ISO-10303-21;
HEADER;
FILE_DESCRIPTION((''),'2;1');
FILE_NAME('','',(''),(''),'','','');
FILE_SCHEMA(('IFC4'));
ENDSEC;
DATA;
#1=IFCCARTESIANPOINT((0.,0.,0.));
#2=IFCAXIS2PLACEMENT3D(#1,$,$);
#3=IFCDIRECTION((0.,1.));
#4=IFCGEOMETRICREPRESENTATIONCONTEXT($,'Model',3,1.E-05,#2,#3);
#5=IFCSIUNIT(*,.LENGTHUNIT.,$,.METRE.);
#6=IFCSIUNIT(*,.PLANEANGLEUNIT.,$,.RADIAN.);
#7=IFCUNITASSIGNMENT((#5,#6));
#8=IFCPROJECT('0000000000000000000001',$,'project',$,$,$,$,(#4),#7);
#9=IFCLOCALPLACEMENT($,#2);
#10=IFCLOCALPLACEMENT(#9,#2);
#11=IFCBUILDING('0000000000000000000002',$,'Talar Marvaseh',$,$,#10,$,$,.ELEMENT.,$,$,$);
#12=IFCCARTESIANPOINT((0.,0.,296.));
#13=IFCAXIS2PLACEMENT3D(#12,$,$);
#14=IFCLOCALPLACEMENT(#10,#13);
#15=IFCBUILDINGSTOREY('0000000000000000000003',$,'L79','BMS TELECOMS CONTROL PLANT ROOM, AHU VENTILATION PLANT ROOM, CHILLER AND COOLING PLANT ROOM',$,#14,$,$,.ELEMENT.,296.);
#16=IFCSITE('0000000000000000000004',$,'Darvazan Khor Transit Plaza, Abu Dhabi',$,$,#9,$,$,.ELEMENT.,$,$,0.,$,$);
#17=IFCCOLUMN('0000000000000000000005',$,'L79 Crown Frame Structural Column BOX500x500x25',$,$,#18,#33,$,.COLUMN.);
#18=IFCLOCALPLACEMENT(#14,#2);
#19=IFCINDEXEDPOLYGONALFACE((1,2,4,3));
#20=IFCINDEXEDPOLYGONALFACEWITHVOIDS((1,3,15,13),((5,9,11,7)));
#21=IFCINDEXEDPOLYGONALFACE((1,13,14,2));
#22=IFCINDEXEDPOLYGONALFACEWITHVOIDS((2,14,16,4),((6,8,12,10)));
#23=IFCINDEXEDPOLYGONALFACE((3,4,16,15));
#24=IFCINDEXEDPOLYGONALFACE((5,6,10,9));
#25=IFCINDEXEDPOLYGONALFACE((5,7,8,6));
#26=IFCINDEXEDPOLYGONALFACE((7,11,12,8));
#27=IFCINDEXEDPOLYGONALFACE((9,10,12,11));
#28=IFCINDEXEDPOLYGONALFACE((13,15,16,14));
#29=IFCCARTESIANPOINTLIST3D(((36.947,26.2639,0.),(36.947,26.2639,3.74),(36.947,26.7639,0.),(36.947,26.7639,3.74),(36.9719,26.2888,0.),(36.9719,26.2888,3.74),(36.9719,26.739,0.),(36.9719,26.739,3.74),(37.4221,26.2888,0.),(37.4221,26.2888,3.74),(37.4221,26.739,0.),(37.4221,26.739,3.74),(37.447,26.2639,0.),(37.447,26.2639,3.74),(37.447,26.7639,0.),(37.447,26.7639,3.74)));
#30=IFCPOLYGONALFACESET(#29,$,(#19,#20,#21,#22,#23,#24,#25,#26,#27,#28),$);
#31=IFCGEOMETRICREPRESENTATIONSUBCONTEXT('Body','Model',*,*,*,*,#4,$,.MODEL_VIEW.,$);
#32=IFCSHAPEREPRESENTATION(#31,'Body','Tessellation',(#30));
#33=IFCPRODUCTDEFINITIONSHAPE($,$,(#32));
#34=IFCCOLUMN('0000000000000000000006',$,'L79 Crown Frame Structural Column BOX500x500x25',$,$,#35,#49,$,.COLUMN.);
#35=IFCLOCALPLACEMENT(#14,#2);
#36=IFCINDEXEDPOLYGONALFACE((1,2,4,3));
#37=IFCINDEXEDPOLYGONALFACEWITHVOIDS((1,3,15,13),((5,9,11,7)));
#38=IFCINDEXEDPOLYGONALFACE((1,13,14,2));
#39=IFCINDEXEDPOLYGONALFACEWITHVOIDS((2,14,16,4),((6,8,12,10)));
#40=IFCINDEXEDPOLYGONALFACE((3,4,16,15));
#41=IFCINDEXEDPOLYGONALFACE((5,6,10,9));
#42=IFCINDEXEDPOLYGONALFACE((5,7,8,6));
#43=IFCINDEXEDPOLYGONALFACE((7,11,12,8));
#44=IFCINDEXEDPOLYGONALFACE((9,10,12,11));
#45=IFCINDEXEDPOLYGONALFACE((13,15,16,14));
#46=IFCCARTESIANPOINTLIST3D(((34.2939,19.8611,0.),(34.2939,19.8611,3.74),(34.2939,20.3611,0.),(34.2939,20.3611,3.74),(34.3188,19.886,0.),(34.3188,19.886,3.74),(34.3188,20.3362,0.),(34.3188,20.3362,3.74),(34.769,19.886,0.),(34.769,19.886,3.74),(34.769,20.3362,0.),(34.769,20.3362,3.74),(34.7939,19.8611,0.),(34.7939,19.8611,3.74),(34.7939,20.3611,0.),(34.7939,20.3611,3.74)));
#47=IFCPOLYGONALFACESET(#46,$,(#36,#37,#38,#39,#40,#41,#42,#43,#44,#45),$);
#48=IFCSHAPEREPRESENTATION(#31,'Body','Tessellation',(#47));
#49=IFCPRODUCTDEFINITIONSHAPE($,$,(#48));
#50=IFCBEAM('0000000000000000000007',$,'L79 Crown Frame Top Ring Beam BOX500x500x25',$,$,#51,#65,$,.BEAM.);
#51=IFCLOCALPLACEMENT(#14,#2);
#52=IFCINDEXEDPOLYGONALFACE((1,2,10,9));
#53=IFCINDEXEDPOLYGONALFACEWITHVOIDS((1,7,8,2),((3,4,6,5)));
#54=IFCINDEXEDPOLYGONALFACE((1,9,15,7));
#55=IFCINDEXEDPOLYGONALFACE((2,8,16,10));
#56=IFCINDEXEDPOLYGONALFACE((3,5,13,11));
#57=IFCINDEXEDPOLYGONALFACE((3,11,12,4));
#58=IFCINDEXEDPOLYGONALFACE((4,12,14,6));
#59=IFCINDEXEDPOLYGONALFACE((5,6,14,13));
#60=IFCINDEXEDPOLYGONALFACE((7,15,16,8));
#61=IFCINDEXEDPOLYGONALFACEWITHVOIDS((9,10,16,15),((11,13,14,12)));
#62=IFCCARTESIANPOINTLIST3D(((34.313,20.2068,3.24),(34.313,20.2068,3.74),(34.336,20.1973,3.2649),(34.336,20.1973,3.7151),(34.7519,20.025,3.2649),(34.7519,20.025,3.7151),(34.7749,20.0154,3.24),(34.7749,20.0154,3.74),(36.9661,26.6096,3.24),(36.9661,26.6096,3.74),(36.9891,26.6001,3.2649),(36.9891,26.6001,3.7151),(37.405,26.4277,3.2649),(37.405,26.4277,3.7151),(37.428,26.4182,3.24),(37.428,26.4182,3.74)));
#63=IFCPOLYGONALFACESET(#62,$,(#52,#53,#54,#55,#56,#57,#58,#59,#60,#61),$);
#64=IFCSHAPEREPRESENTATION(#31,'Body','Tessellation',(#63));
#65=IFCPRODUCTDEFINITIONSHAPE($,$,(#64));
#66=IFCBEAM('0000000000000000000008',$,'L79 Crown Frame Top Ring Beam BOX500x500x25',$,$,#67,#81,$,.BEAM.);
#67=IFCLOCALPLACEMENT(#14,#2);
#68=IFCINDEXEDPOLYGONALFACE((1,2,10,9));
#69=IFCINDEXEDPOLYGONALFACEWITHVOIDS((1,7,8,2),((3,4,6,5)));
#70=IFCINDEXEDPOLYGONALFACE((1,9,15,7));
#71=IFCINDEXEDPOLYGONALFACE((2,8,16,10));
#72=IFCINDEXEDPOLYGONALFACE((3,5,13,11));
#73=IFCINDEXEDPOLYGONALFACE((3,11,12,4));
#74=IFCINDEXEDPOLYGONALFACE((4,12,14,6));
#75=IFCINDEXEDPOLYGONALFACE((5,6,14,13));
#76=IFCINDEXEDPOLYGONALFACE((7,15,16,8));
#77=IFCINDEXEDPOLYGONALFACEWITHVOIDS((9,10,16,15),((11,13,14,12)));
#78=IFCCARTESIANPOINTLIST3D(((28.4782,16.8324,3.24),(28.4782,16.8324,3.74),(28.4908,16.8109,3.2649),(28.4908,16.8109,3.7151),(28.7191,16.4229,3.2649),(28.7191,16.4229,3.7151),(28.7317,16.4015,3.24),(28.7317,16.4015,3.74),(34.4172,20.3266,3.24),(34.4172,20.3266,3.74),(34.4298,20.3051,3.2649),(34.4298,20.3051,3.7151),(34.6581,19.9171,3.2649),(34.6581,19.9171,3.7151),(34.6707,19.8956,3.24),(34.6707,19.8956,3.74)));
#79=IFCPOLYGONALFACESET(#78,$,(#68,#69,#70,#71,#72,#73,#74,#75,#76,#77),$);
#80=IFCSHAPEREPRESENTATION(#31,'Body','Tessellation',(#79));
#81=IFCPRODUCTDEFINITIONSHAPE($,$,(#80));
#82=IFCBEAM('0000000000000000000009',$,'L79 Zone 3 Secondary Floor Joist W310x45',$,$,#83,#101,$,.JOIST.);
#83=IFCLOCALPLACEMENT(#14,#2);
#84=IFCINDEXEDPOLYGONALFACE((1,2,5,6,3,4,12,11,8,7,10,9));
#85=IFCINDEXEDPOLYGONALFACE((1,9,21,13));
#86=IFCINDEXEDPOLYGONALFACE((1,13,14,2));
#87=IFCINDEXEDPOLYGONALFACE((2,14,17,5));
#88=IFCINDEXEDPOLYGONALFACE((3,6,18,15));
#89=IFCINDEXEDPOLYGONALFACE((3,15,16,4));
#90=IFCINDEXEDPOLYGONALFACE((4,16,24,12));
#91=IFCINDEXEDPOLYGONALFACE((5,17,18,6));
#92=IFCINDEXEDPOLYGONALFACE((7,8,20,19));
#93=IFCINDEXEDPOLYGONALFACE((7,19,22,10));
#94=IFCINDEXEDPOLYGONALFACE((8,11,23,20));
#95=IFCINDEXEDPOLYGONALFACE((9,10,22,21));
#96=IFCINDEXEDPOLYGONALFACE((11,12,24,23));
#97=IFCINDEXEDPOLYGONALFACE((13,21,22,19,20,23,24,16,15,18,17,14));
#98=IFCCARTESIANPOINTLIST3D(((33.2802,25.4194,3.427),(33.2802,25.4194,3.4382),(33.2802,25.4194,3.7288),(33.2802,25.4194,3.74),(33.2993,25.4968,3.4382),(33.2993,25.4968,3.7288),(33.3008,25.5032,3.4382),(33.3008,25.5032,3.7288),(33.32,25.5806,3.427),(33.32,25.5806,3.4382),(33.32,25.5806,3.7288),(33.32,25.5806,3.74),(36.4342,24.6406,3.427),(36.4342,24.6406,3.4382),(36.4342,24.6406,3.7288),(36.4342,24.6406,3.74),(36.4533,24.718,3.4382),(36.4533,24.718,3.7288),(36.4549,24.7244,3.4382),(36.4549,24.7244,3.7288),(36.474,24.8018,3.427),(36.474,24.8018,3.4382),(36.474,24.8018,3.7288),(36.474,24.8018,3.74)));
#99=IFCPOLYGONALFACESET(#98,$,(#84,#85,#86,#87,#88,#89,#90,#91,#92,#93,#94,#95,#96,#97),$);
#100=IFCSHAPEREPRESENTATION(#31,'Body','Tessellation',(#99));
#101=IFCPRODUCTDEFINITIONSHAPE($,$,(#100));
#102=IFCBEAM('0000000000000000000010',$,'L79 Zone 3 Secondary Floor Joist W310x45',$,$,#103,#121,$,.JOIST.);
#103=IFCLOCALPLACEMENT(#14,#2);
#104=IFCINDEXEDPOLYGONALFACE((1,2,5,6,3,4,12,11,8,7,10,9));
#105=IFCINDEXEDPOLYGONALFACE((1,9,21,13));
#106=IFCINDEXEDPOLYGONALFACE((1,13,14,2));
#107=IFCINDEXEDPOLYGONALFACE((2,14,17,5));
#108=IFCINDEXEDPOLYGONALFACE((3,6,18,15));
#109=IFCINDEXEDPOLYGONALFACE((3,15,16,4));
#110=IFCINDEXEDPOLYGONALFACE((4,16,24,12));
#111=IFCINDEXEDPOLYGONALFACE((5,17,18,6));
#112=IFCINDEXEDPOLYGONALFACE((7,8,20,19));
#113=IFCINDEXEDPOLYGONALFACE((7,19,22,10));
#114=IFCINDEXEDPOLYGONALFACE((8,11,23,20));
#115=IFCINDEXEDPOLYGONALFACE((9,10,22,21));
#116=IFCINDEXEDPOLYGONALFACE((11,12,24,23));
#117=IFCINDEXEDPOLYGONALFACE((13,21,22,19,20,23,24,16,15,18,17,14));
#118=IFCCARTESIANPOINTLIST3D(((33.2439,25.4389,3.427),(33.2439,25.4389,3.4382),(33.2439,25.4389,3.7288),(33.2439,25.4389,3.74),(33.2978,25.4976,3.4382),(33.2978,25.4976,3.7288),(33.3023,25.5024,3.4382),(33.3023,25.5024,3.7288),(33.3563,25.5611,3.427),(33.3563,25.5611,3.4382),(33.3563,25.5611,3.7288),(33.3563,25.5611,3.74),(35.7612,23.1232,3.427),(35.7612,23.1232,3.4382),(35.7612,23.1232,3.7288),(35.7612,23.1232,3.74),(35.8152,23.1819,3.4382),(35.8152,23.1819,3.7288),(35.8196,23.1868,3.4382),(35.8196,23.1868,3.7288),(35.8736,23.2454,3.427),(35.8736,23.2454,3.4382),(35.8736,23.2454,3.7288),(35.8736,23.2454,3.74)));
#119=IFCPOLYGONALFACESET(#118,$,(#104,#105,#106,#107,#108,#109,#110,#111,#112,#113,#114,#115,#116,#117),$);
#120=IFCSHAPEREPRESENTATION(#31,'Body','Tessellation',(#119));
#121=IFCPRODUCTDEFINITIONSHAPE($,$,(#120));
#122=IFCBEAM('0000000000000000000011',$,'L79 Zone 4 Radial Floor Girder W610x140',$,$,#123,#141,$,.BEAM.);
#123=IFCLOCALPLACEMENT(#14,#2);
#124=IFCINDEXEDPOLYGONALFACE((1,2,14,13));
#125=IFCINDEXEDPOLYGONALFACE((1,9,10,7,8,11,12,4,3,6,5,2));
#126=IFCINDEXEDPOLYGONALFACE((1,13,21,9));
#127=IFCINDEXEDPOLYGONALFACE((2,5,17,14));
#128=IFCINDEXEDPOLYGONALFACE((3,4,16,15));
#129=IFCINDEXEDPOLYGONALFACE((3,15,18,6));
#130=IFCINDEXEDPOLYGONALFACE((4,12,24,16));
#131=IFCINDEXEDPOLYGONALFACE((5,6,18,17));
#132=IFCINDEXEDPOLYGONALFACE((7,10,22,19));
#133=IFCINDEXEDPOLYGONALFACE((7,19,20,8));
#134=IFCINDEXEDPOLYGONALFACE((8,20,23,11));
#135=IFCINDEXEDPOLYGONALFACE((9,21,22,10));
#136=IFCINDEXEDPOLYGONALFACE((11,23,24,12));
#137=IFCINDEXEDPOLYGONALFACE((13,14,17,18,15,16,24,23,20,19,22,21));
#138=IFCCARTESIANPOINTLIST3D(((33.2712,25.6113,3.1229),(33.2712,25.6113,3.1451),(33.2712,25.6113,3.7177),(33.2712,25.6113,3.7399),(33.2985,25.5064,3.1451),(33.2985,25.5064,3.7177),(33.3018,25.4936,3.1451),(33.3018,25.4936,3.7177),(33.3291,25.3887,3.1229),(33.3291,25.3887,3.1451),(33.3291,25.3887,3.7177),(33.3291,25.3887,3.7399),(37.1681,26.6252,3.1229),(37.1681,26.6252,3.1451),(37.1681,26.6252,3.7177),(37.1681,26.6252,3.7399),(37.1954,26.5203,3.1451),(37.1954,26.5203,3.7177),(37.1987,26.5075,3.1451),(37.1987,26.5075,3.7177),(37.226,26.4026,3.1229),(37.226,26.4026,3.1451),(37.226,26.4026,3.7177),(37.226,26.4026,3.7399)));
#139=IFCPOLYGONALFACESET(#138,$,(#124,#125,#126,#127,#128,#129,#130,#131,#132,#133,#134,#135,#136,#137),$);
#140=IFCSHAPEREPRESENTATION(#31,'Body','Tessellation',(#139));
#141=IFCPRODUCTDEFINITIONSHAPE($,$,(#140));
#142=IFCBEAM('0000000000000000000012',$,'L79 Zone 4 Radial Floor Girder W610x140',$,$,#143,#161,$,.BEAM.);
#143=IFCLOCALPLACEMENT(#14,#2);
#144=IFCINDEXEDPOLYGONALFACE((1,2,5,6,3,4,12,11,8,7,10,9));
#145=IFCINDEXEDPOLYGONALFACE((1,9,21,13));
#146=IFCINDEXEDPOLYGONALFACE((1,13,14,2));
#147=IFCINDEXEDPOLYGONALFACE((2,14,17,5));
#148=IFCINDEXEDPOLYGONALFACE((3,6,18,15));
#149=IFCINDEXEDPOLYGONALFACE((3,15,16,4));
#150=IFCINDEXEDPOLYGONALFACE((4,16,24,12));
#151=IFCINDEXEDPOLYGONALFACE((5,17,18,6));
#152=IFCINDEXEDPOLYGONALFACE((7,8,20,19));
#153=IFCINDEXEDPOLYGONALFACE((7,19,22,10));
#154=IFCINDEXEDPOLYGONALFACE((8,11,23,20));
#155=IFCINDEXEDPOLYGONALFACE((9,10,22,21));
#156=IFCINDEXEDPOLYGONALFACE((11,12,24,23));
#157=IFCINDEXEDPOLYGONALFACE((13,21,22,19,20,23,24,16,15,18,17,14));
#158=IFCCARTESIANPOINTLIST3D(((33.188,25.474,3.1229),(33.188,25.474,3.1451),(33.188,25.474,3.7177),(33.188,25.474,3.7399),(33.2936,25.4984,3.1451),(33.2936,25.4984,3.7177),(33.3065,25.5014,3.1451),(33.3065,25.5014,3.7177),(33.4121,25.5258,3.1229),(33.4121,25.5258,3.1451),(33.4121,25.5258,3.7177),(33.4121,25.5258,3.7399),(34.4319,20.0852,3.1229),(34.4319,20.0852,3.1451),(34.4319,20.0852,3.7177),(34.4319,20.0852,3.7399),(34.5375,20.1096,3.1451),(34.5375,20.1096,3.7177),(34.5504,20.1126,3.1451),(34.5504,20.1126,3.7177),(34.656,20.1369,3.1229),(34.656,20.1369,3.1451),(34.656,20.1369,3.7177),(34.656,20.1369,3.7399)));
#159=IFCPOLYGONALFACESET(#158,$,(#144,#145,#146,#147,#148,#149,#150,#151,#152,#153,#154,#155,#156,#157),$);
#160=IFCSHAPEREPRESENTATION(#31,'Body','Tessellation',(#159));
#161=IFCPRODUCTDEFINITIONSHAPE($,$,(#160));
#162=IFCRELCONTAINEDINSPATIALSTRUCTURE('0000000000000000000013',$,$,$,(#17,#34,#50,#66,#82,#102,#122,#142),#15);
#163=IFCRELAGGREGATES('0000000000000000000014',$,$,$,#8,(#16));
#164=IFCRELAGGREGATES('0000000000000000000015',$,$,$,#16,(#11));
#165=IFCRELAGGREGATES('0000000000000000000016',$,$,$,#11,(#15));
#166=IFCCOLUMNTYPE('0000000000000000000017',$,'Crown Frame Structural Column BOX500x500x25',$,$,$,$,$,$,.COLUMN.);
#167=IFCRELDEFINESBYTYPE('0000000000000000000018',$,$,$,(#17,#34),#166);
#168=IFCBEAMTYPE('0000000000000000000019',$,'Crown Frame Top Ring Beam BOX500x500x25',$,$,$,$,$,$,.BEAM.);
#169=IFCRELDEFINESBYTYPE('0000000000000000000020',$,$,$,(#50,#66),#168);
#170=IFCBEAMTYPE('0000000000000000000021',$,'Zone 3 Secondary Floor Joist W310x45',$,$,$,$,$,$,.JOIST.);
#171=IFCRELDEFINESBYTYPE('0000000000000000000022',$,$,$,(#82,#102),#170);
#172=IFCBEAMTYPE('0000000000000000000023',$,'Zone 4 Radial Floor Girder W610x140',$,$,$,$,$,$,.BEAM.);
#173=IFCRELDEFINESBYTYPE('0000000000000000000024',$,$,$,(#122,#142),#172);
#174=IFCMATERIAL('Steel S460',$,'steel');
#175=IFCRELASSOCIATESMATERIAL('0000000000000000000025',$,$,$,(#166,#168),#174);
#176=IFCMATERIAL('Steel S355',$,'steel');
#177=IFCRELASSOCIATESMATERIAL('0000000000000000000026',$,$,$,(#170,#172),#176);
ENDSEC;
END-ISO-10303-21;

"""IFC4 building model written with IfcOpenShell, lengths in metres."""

from ifc_helpers import new_model, si_unit, direction, frame, origin, origin_2d, place, context, subcontext, project, spatial, hollow_rectangle, i_section, extrude, material, material_profile, profile_set, type_object, element, save


model = new_model("IFC4")

# Units and contexts
model_context = context("Model", 3, precision=1e-05, world=origin(), true_north=direction((0.0, 1.0)))
body_context = subcontext(model_context, "Body", "Model", "MODEL_VIEW")
ifc_project = project(units=[si_unit("LENGTHUNIT", "METRE"), si_unit("PLANEANGLEUNIT", "RADIAN")], contexts=[model_context])

# Site, building, storey
site_placement = place(None, origin())
site = spatial("IfcSite", under=ifc_project, at=site_placement, Name="Darvazan Khor Transit Plaza, Abu Dhabi", CompositionType="ELEMENT", RefElevation=0.0)
building_placement = place(site_placement, origin())
building = spatial("IfcBuilding", under=site, at=building_placement, Name="Talar Marvaseh", CompositionType="ELEMENT")
storey_placement = place(building_placement, frame((0.0, 0.0, 296.0)))
storey = spatial("IfcBuildingStorey", under=building, at=storey_placement, Name="L79", Description="BMS TELECOMS CONTROL PLANT ROOM, AHU VENTILATION PLANT ROOM, CHILLER AND COOLING PLANT ROOM", CompositionType="ELEMENT", Elevation=296.0)

# Columns
ifc_material_1 = material(Name="Steel S460", Category="steel")
ifc_material_profile_1 = material_profile(ifc_material_1, hollow_rectangle(XDim=0.5, YDim=0.5, WallThickness=0.0249, at=origin_2d()), Name="BOX500x500x25")
ifc_profile_set_1 = profile_set([ifc_material_profile_1], Name="Steel S460")
column_type = type_object("IfcColumnType", Name="Crown Frame Structural Column BOX500x500x25", PredefinedType="COLUMN", material=ifc_profile_set_1)
for number, where, z_axis, x_axis, name in (
    (1, (37.197, 26.5139, 0.0), (0.0, 0.0, 1.0), (1.0, 0.0, 0.0), "L79 Crown Frame Structural Column BOX500x500x25"),
    (2, (34.5439, 20.1111, 0.0), (0.0, 0.0, 1.0), (1.0, 0.0, 0.0), "L79 Crown Frame Structural Column BOX500x500x25"),
):
    element("IfcColumn", number, at=place(storey_placement, frame(where, z_axis=z_axis, x_axis=x_axis)), inside=storey, type_object=column_type, Name=name, PredefinedType="COLUMN", context=body_context, shape_type="SweptSolid", body=[
        extrude(hollow_rectangle(XDim=0.5, YDim=0.5, WallThickness=0.0249, at=origin_2d()), origin(), (0.0, 0.0, 1.0), 3.74),
    ])

# Beams
ifc_material_profile_2 = material_profile(ifc_material_1, hollow_rectangle(XDim=0.5, YDim=0.5, WallThickness=0.0249, at=origin_2d()), Name="BOX500x500x25")
ifc_profile_set_2 = profile_set([ifc_material_profile_2], Name="Steel S460")
beam_type_1 = type_object("IfcBeamType", Name="Crown Frame Top Ring Beam BOX500x500x25", PredefinedType="BEAM", material=ifc_profile_set_2)
beam_1_placement = place(storey_placement, frame((37.197, 26.5139, 3.49), z_axis=(-0.382799, -0.923832, 0.0), x_axis=(0.923832, -0.382799, 0.0)))
element("IfcBeam", 3, at=beam_1_placement, inside=storey, type_object=beam_type_1, Name="L79 Crown Frame Top Ring Beam BOX500x500x25", PredefinedType="BEAM", context=body_context, shape_type="SweptSolid", body=[
    extrude(hollow_rectangle(XDim=0.5, YDim=0.5, WallThickness=0.0249, at=origin_2d()), origin(), (0.0, 0.0, 1.0), 6.9307),
])
beam_2_placement = place(storey_placement, frame((34.5439, 20.1111, 3.49), z_axis=(-0.861894, -0.507088, 0.0), x_axis=(0.507088, -0.861894, 0.0)))
element("IfcBeam", 4, at=beam_2_placement, inside=storey, type_object=beam_type_1, Name="L79 Crown Frame Top Ring Beam BOX500x500x25", PredefinedType="BEAM", context=body_context, shape_type="SweptSolid", body=[
    extrude(hollow_rectangle(XDim=0.5, YDim=0.5, WallThickness=0.0249, at=origin_2d()), origin(), (0.0, 0.0, 1.0), 6.8906),
])
ifc_material_2 = material(Name="Steel S355", Category="steel")
ifc_material_profile_3 = material_profile(ifc_material_2, i_section(OverallWidth=0.166, OverallDepth=0.313, WebThickness=0.0066, FlangeThickness=0.0112, at=origin_2d()), Name="W310x45")
ifc_profile_set_3 = profile_set([ifc_material_profile_3], Name="Steel S355")
beam_type_2 = type_object("IfcBeamType", Name="Zone 3 Secondary Floor Joist W310x45", PredefinedType="JOIST", material=ifc_profile_set_3)
beam_3_placement = place(storey_placement, frame((36.4541, 24.7212, 3.5835), z_axis=(-0.970841, 0.239723, 0.0), x_axis=(-0.239723, -0.970841, 0.0)))
element("IfcBeam", 5, at=beam_3_placement, inside=storey, type_object=beam_type_2, Name="L79 Zone 3 Secondary Floor Joist W310x45", PredefinedType="JOIST", context=body_context, shape_type="SweptSolid", body=[
    extrude(i_section(OverallWidth=0.166, OverallDepth=0.313, WebThickness=0.0066, FlangeThickness=0.0112, at=origin_2d()), origin(), (0.0, 0.0, 1.0), 3.2488),
])
beam_4_placement = place(storey_placement, frame((35.8174, 23.1843, 3.5835), z_axis=(-0.735971, 0.677013, 0.0), x_axis=(-0.677013, -0.735971, 0.0)))
element("IfcBeam", 6, at=beam_4_placement, inside=storey, type_object=beam_type_2, Name="L79 Zone 3 Secondary Floor Joist W310x45", PredefinedType="JOIST", context=body_context, shape_type="SweptSolid", body=[
    extrude(i_section(OverallWidth=0.166, OverallDepth=0.313, WebThickness=0.0066, FlangeThickness=0.0112, at=origin_2d()), origin(), (0.0, 0.0, 1.0), 3.4204),
])
ifc_material_profile_4 = material_profile(ifc_material_2, i_section(OverallWidth=0.23, OverallDepth=0.6169, WebThickness=0.0132, FlangeThickness=0.0222, at=origin_2d()), Name="W610x140")
ifc_profile_set_4 = profile_set([ifc_material_profile_4], Name="Steel S355")
beam_type_3 = type_object("IfcBeamType", Name="Zone 4 Radial Floor Girder W610x140", PredefinedType="BEAM", material=ifc_profile_set_4)
beam_5_placement = place(storey_placement, frame((37.197, 26.5139, 3.4314), z_axis=(-0.96778, -0.251797, 0.0), x_axis=(0.251797, -0.96778, 0.0)))
element("IfcBeam", 7, at=beam_5_placement, inside=storey, type_object=beam_type_3, Name="L79 Zone 4 Radial Floor Girder W610x140", PredefinedType="BEAM", context=body_context, shape_type="SweptSolid", body=[
    extrude(i_section(OverallWidth=0.23, OverallDepth=0.6169, WebThickness=0.0132, FlangeThickness=0.0222, at=origin_2d()), origin(), (0.0, 0.0, 1.0), 4.0266),
])
beam_6_placement = place(storey_placement, frame((34.5439, 20.1111, 3.4314), z_axis=(-0.224911, 0.974379, 0.0), x_axis=(-0.974379, -0.224911, 0.0)))
element("IfcBeam", 8, at=beam_6_placement, inside=storey, type_object=beam_type_3, Name="L79 Zone 4 Radial Floor Girder W610x140", PredefinedType="BEAM", context=body_context, shape_type="SweptSolid", body=[
    extrude(i_section(OverallWidth=0.23, OverallDepth=0.6169, WebThickness=0.0132, FlangeThickness=0.0222, at=origin_2d()), origin(), (0.0, 0.0, 1.0), 5.5305),
])

save(model, "model.ifc")
